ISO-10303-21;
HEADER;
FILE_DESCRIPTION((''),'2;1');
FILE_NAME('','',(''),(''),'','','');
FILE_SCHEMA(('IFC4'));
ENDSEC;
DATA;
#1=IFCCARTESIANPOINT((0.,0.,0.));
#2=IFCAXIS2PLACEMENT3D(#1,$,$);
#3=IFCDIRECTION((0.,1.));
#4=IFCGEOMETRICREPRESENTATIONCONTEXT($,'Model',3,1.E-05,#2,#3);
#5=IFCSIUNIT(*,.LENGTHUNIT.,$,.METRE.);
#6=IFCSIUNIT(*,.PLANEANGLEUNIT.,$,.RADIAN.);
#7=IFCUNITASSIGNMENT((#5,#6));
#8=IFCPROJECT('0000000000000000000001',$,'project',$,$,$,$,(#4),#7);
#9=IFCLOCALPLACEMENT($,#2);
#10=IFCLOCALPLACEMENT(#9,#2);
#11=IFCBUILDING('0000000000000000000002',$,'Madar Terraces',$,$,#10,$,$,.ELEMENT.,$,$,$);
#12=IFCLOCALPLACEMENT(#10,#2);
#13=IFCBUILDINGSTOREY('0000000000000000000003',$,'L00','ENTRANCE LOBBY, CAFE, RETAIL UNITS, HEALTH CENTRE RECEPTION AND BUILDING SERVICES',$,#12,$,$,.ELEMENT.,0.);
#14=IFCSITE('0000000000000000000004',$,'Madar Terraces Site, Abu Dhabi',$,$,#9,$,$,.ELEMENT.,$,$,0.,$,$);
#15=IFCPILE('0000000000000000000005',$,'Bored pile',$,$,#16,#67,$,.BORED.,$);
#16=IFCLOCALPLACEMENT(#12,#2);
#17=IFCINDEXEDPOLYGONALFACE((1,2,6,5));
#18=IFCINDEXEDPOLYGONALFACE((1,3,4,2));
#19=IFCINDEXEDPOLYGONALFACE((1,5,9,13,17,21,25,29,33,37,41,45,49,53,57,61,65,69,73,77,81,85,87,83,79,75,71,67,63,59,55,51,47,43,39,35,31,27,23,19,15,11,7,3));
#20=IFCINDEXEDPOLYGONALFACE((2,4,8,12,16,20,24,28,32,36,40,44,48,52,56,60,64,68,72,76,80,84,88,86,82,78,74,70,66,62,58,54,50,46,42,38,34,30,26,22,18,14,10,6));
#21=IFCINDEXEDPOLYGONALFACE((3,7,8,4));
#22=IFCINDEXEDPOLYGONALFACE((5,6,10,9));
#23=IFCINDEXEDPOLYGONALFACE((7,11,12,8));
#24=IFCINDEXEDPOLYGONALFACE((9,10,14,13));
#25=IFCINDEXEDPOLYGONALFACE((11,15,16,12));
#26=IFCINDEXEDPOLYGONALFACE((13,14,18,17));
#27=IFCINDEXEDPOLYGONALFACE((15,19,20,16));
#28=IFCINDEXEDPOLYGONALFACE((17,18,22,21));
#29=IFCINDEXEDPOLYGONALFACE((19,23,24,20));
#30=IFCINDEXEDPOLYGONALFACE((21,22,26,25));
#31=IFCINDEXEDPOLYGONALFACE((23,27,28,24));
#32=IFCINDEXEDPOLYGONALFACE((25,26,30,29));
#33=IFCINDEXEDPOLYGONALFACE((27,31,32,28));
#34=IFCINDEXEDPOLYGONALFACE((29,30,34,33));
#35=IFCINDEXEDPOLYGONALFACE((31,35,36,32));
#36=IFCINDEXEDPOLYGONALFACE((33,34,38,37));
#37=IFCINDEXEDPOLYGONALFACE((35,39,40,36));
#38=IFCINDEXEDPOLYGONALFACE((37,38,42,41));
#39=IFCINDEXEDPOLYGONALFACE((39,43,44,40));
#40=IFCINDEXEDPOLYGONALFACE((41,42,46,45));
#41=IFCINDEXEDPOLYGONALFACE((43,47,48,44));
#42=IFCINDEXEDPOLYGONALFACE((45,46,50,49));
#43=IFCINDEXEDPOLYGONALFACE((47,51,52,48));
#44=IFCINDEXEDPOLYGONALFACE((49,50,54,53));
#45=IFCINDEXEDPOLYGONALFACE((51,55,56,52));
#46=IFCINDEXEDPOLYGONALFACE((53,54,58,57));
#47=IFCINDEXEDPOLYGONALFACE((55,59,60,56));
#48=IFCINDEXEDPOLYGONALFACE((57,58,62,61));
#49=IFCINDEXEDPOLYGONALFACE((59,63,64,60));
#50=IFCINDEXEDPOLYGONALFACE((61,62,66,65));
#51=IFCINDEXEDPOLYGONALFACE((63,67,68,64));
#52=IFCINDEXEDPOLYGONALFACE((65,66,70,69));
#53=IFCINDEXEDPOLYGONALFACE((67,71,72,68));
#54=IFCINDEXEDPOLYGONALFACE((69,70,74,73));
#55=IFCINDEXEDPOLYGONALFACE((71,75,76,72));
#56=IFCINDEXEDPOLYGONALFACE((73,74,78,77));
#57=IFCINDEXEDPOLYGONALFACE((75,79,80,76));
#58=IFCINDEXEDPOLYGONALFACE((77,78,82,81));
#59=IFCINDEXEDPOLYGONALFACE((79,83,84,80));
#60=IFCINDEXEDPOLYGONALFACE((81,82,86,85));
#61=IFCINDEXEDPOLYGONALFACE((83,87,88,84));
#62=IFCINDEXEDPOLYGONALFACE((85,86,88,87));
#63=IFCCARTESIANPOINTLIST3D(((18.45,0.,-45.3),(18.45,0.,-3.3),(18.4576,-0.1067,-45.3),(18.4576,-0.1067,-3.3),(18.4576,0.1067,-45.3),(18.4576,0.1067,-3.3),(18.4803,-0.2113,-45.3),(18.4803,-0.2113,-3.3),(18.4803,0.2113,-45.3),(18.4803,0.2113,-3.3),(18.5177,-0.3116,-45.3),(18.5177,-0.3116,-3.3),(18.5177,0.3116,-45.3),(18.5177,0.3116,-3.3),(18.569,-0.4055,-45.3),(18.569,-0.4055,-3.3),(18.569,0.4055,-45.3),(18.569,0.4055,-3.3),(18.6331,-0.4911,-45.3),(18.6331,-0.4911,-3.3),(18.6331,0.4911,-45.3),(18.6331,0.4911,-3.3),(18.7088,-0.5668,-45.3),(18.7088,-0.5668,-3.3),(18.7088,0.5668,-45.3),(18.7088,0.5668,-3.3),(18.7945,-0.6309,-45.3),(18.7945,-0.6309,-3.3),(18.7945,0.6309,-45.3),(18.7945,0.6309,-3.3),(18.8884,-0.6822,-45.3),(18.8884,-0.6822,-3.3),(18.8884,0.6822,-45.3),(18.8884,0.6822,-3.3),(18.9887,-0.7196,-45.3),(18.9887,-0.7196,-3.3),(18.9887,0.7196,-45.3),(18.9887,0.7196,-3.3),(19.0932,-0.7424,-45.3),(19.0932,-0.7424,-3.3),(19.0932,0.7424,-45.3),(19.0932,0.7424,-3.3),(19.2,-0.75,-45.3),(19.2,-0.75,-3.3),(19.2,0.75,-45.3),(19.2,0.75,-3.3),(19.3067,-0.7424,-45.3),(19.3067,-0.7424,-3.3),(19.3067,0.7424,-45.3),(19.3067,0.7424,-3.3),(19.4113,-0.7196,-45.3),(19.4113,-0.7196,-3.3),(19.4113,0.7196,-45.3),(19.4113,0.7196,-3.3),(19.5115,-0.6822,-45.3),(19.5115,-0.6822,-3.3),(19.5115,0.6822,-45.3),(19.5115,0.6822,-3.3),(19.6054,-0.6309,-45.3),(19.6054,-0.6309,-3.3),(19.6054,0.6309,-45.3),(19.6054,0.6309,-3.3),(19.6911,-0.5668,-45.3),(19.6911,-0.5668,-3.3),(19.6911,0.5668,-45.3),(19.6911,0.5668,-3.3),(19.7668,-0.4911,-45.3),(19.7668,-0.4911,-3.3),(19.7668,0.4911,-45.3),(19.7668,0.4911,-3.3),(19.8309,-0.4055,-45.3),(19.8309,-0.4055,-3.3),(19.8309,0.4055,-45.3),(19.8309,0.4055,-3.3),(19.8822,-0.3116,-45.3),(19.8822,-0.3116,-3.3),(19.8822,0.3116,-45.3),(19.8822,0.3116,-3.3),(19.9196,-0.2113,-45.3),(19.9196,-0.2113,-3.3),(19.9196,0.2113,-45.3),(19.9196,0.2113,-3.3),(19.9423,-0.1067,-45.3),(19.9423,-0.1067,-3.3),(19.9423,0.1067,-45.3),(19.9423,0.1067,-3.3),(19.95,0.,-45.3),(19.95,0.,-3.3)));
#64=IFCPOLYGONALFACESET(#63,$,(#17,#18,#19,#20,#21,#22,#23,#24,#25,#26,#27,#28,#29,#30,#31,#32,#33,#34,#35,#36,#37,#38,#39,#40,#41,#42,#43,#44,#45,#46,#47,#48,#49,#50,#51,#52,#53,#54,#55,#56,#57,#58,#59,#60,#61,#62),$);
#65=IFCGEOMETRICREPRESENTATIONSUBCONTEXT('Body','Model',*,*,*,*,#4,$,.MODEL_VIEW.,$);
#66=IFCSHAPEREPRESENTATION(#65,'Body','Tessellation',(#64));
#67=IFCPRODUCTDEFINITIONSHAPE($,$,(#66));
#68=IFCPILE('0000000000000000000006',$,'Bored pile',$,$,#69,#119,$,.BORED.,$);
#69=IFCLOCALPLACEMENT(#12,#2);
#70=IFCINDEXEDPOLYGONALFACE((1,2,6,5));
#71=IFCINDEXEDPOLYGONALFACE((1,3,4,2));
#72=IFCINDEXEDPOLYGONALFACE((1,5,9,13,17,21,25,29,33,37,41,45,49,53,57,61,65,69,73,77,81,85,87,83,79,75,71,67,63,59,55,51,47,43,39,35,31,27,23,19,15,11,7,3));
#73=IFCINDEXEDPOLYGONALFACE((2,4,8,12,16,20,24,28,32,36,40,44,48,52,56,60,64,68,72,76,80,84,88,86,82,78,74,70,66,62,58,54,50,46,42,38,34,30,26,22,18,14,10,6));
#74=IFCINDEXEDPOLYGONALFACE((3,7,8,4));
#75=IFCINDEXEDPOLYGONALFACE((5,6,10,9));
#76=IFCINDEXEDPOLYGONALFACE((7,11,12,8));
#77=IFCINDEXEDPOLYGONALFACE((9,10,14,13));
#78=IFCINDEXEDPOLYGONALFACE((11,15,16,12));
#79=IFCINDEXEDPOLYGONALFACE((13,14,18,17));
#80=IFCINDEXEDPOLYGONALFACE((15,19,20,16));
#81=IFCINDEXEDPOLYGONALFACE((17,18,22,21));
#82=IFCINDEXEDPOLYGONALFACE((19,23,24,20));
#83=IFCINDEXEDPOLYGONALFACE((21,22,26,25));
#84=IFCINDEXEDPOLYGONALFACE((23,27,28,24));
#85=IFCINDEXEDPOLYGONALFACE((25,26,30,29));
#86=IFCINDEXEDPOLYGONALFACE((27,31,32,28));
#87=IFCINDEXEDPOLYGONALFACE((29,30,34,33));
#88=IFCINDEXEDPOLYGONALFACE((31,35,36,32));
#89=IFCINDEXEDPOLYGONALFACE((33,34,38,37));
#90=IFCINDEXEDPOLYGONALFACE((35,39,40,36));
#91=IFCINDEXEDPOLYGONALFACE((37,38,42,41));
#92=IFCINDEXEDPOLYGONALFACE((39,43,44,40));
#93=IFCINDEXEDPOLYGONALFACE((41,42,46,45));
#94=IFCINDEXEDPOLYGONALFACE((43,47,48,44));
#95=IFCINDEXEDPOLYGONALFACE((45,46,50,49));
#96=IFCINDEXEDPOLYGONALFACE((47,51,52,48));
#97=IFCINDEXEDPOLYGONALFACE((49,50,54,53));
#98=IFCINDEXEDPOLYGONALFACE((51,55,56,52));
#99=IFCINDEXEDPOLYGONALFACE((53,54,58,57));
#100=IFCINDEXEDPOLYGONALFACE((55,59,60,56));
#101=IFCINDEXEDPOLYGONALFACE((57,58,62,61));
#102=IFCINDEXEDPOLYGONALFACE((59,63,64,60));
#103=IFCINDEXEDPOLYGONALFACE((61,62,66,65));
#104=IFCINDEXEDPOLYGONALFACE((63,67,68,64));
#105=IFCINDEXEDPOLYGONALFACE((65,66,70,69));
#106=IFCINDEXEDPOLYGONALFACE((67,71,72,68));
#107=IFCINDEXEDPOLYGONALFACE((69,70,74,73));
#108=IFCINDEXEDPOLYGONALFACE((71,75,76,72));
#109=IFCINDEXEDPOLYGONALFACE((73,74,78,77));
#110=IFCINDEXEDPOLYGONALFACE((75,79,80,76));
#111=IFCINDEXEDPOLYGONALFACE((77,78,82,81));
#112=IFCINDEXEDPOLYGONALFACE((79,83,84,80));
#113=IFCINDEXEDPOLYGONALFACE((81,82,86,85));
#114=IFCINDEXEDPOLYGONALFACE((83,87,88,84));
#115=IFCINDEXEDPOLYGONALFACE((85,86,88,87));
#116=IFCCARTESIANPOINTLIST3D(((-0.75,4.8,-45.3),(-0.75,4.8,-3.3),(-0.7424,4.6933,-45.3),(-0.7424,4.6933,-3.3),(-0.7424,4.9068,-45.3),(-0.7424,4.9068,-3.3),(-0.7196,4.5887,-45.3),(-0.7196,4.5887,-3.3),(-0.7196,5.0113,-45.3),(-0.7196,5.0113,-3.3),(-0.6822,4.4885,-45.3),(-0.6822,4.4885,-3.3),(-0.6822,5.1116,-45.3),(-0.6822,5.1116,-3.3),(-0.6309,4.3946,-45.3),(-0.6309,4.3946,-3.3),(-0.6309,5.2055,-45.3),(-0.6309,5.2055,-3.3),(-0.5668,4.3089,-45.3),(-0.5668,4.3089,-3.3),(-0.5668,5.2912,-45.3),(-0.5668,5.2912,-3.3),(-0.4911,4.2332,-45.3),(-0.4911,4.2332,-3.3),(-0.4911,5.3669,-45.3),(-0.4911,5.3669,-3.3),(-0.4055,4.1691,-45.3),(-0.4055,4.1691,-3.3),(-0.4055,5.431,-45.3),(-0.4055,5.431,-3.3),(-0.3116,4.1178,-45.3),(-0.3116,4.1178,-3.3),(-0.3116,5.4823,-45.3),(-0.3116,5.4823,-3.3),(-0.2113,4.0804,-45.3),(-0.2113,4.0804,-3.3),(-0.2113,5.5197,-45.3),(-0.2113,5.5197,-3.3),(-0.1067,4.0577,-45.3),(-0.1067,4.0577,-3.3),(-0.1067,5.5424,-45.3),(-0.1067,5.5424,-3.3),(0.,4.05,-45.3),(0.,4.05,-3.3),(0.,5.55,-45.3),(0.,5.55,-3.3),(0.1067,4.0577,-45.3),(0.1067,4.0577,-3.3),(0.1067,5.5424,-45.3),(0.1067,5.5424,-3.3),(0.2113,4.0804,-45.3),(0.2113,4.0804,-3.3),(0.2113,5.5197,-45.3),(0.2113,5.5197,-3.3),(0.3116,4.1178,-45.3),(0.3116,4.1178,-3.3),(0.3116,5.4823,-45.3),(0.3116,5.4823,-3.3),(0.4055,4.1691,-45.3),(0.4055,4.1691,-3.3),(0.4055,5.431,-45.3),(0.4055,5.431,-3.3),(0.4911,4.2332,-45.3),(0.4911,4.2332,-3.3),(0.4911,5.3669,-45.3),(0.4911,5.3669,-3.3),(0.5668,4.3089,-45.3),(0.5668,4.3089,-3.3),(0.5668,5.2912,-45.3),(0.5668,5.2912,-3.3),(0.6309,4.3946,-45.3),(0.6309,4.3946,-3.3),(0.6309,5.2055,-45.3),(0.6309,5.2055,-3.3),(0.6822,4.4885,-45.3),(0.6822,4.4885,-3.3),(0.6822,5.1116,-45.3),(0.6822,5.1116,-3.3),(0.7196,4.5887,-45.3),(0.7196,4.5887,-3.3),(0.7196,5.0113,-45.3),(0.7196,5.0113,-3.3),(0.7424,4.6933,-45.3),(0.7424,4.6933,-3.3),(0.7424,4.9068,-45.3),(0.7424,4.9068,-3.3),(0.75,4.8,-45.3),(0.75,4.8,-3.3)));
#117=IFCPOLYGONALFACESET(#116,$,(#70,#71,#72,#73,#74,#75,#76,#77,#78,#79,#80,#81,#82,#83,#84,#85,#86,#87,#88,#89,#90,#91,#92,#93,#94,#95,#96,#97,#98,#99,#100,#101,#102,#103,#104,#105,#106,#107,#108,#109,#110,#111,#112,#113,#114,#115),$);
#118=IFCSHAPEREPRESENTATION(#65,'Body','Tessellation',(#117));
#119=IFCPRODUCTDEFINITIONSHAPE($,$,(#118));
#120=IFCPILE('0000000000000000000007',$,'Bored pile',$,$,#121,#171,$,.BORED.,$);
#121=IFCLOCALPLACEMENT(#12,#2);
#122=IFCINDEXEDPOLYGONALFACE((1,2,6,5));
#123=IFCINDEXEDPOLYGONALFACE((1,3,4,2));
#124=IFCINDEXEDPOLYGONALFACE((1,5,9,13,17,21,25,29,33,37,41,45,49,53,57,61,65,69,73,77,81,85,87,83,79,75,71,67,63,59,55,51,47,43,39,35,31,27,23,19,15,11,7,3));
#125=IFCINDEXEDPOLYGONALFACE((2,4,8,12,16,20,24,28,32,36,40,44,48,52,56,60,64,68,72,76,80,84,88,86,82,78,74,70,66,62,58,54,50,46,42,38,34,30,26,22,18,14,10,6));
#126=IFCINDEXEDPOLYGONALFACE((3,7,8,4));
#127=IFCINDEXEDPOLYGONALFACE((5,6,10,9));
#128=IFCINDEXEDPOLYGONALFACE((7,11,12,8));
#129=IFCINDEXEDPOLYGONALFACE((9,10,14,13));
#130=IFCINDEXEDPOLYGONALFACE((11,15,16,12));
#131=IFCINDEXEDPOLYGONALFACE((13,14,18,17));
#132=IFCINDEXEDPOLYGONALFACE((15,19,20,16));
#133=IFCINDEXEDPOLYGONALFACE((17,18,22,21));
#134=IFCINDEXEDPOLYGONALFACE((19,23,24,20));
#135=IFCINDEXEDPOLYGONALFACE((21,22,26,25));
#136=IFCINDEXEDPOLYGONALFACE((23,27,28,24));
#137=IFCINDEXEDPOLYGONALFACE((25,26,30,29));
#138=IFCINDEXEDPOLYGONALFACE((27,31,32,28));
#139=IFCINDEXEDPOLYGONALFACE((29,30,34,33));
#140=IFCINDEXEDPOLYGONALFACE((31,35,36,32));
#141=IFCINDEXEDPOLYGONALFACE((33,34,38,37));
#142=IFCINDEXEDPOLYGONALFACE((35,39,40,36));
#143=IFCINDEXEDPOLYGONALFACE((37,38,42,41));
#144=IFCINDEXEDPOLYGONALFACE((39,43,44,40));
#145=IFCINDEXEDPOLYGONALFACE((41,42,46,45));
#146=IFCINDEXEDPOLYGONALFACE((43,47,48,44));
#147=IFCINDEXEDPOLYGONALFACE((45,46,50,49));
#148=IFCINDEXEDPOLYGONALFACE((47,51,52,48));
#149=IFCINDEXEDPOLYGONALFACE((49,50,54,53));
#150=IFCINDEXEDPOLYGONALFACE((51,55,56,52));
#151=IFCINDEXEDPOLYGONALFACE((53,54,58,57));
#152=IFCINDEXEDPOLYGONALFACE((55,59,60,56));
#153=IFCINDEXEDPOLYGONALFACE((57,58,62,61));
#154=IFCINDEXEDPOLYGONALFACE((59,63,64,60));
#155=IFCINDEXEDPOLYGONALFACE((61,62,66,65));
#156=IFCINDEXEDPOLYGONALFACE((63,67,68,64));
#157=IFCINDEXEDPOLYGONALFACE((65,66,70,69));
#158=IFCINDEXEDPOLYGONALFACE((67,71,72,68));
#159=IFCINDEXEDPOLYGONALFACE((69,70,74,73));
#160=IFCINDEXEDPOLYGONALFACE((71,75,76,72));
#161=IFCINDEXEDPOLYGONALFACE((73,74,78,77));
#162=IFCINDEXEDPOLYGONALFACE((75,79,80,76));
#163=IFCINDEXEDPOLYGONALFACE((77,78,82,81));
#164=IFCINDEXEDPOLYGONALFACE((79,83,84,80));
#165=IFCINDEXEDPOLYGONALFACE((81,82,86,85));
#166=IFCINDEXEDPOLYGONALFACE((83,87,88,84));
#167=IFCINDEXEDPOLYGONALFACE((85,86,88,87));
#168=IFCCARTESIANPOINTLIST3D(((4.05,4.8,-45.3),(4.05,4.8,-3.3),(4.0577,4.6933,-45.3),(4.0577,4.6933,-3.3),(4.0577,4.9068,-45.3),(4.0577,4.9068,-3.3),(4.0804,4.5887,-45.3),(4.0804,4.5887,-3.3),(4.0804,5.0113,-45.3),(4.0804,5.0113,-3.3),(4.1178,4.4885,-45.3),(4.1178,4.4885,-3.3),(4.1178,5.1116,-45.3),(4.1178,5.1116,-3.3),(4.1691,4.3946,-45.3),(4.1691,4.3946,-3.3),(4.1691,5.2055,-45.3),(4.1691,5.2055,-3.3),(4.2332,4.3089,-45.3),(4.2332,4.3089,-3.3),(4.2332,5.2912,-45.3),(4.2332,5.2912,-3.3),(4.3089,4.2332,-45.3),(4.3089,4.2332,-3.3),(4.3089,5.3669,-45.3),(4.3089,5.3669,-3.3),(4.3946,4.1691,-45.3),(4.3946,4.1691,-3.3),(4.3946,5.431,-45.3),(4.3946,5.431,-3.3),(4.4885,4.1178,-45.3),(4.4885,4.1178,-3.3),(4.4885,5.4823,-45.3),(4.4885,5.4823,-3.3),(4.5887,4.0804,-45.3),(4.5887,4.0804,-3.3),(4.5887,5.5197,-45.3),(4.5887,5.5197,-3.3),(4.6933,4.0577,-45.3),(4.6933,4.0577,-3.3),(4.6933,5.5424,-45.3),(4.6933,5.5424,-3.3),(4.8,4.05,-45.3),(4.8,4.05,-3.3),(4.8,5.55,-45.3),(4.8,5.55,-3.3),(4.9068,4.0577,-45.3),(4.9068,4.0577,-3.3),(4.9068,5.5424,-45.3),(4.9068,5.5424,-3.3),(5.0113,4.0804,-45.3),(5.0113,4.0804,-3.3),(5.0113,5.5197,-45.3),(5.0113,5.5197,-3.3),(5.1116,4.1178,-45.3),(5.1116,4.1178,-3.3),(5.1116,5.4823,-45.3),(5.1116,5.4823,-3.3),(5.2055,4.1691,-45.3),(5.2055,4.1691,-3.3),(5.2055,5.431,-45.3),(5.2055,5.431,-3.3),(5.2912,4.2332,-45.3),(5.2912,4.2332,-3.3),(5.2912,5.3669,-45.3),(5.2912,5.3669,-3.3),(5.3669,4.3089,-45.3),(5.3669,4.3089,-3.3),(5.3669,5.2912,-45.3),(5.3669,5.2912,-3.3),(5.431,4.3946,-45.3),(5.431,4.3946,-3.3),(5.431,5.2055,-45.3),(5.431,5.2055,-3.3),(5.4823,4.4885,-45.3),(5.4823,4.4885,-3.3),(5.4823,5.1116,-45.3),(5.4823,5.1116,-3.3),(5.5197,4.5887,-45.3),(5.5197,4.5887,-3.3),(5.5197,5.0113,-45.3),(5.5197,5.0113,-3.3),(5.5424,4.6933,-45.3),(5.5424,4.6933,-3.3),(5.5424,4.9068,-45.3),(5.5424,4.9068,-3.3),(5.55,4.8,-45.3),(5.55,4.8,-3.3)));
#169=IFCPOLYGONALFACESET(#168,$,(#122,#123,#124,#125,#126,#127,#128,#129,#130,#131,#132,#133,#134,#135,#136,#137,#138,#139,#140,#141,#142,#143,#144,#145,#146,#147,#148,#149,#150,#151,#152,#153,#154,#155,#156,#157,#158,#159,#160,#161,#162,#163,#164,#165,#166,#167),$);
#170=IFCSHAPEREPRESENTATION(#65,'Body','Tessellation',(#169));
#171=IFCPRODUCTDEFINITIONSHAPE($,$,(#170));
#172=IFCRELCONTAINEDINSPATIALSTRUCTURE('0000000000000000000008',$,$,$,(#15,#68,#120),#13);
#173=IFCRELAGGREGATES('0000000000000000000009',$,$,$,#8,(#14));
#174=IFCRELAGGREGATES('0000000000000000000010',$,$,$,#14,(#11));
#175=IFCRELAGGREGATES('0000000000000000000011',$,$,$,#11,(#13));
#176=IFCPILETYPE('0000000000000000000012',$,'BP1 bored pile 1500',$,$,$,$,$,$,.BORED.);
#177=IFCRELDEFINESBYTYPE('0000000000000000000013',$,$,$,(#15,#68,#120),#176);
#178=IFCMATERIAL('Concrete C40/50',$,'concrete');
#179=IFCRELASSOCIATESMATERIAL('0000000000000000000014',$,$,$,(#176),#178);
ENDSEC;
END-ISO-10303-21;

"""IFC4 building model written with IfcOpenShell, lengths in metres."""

from ifc_helpers import new_model, si_unit, direction, frame, origin, origin_2d, place, context, subcontext, project, spatial, circle, extrude, material, material_profile, profile_set, type_object, element, save


model = new_model("IFC4")

# Units and contexts
model_context = context("Model", 3, precision=1e-05, world=origin(), true_north=direction((0.0, 1.0)))
body_context = subcontext(model_context, "Body", "Model", "MODEL_VIEW")
ifc_project = project(units=[si_unit("LENGTHUNIT", "METRE"), si_unit("PLANEANGLEUNIT", "RADIAN")], contexts=[model_context])

# Site, building, storey
site_placement = place(None, origin())
site = spatial("IfcSite", under=ifc_project, at=site_placement, Name="Madar Terraces Site, Abu Dhabi", CompositionType="ELEMENT", RefElevation=0.0)
building_placement = place(site_placement, origin())
building = spatial("IfcBuilding", under=site, at=building_placement, Name="Madar Terraces", CompositionType="ELEMENT")
storey_placement = place(building_placement, origin())
storey = spatial("IfcBuildingStorey", under=building, at=storey_placement, Name="L00", Description="ENTRANCE LOBBY, CAFE, RETAIL UNITS, HEALTH CENTRE RECEPTION AND BUILDING SERVICES", CompositionType="ELEMENT", Elevation=0.0)

# Piles
ifc_material_1 = material(Name="Concrete C40/50", Category="concrete")
ifc_material_profile_1 = material_profile(ifc_material_1, circle(Radius=0.75, at=origin_2d()), Name="BP1 bored pile 1500")
ifc_profile_set_1 = profile_set([ifc_material_profile_1], Name="Concrete C40/50")
pile_type = type_object("IfcPileType", Name="BP1 bored pile 1500", PredefinedType="BORED", material=ifc_profile_set_1)
for number, where, z_axis, x_axis, name in (
    (1, (19.2, 0.0, -3.3), (0.0, 0.0, -1.0), (1.0, 0.0, 0.0), "Bored pile"),
    (2, (0.0, 4.8, -3.3), (0.0, 0.0, -1.0), (1.0, 0.0, 0.0), "Bored pile"),
    (3, (4.8, 4.8, -3.3), (0.0, 0.0, -1.0), (1.0, 0.0, 0.0), "Bored pile"),
):
    element("IfcPile", number, at=place(storey_placement, frame(where, z_axis=z_axis, x_axis=x_axis)), inside=storey, type_object=pile_type, Name=name, PredefinedType="BORED", context=body_context, shape_type="SweptSolid", body=[
        extrude(circle(Radius=0.75, at=origin_2d()), origin(), (0.0, 0.0, 1.0), 42.0),
    ])

save(model, "model.ifc")
